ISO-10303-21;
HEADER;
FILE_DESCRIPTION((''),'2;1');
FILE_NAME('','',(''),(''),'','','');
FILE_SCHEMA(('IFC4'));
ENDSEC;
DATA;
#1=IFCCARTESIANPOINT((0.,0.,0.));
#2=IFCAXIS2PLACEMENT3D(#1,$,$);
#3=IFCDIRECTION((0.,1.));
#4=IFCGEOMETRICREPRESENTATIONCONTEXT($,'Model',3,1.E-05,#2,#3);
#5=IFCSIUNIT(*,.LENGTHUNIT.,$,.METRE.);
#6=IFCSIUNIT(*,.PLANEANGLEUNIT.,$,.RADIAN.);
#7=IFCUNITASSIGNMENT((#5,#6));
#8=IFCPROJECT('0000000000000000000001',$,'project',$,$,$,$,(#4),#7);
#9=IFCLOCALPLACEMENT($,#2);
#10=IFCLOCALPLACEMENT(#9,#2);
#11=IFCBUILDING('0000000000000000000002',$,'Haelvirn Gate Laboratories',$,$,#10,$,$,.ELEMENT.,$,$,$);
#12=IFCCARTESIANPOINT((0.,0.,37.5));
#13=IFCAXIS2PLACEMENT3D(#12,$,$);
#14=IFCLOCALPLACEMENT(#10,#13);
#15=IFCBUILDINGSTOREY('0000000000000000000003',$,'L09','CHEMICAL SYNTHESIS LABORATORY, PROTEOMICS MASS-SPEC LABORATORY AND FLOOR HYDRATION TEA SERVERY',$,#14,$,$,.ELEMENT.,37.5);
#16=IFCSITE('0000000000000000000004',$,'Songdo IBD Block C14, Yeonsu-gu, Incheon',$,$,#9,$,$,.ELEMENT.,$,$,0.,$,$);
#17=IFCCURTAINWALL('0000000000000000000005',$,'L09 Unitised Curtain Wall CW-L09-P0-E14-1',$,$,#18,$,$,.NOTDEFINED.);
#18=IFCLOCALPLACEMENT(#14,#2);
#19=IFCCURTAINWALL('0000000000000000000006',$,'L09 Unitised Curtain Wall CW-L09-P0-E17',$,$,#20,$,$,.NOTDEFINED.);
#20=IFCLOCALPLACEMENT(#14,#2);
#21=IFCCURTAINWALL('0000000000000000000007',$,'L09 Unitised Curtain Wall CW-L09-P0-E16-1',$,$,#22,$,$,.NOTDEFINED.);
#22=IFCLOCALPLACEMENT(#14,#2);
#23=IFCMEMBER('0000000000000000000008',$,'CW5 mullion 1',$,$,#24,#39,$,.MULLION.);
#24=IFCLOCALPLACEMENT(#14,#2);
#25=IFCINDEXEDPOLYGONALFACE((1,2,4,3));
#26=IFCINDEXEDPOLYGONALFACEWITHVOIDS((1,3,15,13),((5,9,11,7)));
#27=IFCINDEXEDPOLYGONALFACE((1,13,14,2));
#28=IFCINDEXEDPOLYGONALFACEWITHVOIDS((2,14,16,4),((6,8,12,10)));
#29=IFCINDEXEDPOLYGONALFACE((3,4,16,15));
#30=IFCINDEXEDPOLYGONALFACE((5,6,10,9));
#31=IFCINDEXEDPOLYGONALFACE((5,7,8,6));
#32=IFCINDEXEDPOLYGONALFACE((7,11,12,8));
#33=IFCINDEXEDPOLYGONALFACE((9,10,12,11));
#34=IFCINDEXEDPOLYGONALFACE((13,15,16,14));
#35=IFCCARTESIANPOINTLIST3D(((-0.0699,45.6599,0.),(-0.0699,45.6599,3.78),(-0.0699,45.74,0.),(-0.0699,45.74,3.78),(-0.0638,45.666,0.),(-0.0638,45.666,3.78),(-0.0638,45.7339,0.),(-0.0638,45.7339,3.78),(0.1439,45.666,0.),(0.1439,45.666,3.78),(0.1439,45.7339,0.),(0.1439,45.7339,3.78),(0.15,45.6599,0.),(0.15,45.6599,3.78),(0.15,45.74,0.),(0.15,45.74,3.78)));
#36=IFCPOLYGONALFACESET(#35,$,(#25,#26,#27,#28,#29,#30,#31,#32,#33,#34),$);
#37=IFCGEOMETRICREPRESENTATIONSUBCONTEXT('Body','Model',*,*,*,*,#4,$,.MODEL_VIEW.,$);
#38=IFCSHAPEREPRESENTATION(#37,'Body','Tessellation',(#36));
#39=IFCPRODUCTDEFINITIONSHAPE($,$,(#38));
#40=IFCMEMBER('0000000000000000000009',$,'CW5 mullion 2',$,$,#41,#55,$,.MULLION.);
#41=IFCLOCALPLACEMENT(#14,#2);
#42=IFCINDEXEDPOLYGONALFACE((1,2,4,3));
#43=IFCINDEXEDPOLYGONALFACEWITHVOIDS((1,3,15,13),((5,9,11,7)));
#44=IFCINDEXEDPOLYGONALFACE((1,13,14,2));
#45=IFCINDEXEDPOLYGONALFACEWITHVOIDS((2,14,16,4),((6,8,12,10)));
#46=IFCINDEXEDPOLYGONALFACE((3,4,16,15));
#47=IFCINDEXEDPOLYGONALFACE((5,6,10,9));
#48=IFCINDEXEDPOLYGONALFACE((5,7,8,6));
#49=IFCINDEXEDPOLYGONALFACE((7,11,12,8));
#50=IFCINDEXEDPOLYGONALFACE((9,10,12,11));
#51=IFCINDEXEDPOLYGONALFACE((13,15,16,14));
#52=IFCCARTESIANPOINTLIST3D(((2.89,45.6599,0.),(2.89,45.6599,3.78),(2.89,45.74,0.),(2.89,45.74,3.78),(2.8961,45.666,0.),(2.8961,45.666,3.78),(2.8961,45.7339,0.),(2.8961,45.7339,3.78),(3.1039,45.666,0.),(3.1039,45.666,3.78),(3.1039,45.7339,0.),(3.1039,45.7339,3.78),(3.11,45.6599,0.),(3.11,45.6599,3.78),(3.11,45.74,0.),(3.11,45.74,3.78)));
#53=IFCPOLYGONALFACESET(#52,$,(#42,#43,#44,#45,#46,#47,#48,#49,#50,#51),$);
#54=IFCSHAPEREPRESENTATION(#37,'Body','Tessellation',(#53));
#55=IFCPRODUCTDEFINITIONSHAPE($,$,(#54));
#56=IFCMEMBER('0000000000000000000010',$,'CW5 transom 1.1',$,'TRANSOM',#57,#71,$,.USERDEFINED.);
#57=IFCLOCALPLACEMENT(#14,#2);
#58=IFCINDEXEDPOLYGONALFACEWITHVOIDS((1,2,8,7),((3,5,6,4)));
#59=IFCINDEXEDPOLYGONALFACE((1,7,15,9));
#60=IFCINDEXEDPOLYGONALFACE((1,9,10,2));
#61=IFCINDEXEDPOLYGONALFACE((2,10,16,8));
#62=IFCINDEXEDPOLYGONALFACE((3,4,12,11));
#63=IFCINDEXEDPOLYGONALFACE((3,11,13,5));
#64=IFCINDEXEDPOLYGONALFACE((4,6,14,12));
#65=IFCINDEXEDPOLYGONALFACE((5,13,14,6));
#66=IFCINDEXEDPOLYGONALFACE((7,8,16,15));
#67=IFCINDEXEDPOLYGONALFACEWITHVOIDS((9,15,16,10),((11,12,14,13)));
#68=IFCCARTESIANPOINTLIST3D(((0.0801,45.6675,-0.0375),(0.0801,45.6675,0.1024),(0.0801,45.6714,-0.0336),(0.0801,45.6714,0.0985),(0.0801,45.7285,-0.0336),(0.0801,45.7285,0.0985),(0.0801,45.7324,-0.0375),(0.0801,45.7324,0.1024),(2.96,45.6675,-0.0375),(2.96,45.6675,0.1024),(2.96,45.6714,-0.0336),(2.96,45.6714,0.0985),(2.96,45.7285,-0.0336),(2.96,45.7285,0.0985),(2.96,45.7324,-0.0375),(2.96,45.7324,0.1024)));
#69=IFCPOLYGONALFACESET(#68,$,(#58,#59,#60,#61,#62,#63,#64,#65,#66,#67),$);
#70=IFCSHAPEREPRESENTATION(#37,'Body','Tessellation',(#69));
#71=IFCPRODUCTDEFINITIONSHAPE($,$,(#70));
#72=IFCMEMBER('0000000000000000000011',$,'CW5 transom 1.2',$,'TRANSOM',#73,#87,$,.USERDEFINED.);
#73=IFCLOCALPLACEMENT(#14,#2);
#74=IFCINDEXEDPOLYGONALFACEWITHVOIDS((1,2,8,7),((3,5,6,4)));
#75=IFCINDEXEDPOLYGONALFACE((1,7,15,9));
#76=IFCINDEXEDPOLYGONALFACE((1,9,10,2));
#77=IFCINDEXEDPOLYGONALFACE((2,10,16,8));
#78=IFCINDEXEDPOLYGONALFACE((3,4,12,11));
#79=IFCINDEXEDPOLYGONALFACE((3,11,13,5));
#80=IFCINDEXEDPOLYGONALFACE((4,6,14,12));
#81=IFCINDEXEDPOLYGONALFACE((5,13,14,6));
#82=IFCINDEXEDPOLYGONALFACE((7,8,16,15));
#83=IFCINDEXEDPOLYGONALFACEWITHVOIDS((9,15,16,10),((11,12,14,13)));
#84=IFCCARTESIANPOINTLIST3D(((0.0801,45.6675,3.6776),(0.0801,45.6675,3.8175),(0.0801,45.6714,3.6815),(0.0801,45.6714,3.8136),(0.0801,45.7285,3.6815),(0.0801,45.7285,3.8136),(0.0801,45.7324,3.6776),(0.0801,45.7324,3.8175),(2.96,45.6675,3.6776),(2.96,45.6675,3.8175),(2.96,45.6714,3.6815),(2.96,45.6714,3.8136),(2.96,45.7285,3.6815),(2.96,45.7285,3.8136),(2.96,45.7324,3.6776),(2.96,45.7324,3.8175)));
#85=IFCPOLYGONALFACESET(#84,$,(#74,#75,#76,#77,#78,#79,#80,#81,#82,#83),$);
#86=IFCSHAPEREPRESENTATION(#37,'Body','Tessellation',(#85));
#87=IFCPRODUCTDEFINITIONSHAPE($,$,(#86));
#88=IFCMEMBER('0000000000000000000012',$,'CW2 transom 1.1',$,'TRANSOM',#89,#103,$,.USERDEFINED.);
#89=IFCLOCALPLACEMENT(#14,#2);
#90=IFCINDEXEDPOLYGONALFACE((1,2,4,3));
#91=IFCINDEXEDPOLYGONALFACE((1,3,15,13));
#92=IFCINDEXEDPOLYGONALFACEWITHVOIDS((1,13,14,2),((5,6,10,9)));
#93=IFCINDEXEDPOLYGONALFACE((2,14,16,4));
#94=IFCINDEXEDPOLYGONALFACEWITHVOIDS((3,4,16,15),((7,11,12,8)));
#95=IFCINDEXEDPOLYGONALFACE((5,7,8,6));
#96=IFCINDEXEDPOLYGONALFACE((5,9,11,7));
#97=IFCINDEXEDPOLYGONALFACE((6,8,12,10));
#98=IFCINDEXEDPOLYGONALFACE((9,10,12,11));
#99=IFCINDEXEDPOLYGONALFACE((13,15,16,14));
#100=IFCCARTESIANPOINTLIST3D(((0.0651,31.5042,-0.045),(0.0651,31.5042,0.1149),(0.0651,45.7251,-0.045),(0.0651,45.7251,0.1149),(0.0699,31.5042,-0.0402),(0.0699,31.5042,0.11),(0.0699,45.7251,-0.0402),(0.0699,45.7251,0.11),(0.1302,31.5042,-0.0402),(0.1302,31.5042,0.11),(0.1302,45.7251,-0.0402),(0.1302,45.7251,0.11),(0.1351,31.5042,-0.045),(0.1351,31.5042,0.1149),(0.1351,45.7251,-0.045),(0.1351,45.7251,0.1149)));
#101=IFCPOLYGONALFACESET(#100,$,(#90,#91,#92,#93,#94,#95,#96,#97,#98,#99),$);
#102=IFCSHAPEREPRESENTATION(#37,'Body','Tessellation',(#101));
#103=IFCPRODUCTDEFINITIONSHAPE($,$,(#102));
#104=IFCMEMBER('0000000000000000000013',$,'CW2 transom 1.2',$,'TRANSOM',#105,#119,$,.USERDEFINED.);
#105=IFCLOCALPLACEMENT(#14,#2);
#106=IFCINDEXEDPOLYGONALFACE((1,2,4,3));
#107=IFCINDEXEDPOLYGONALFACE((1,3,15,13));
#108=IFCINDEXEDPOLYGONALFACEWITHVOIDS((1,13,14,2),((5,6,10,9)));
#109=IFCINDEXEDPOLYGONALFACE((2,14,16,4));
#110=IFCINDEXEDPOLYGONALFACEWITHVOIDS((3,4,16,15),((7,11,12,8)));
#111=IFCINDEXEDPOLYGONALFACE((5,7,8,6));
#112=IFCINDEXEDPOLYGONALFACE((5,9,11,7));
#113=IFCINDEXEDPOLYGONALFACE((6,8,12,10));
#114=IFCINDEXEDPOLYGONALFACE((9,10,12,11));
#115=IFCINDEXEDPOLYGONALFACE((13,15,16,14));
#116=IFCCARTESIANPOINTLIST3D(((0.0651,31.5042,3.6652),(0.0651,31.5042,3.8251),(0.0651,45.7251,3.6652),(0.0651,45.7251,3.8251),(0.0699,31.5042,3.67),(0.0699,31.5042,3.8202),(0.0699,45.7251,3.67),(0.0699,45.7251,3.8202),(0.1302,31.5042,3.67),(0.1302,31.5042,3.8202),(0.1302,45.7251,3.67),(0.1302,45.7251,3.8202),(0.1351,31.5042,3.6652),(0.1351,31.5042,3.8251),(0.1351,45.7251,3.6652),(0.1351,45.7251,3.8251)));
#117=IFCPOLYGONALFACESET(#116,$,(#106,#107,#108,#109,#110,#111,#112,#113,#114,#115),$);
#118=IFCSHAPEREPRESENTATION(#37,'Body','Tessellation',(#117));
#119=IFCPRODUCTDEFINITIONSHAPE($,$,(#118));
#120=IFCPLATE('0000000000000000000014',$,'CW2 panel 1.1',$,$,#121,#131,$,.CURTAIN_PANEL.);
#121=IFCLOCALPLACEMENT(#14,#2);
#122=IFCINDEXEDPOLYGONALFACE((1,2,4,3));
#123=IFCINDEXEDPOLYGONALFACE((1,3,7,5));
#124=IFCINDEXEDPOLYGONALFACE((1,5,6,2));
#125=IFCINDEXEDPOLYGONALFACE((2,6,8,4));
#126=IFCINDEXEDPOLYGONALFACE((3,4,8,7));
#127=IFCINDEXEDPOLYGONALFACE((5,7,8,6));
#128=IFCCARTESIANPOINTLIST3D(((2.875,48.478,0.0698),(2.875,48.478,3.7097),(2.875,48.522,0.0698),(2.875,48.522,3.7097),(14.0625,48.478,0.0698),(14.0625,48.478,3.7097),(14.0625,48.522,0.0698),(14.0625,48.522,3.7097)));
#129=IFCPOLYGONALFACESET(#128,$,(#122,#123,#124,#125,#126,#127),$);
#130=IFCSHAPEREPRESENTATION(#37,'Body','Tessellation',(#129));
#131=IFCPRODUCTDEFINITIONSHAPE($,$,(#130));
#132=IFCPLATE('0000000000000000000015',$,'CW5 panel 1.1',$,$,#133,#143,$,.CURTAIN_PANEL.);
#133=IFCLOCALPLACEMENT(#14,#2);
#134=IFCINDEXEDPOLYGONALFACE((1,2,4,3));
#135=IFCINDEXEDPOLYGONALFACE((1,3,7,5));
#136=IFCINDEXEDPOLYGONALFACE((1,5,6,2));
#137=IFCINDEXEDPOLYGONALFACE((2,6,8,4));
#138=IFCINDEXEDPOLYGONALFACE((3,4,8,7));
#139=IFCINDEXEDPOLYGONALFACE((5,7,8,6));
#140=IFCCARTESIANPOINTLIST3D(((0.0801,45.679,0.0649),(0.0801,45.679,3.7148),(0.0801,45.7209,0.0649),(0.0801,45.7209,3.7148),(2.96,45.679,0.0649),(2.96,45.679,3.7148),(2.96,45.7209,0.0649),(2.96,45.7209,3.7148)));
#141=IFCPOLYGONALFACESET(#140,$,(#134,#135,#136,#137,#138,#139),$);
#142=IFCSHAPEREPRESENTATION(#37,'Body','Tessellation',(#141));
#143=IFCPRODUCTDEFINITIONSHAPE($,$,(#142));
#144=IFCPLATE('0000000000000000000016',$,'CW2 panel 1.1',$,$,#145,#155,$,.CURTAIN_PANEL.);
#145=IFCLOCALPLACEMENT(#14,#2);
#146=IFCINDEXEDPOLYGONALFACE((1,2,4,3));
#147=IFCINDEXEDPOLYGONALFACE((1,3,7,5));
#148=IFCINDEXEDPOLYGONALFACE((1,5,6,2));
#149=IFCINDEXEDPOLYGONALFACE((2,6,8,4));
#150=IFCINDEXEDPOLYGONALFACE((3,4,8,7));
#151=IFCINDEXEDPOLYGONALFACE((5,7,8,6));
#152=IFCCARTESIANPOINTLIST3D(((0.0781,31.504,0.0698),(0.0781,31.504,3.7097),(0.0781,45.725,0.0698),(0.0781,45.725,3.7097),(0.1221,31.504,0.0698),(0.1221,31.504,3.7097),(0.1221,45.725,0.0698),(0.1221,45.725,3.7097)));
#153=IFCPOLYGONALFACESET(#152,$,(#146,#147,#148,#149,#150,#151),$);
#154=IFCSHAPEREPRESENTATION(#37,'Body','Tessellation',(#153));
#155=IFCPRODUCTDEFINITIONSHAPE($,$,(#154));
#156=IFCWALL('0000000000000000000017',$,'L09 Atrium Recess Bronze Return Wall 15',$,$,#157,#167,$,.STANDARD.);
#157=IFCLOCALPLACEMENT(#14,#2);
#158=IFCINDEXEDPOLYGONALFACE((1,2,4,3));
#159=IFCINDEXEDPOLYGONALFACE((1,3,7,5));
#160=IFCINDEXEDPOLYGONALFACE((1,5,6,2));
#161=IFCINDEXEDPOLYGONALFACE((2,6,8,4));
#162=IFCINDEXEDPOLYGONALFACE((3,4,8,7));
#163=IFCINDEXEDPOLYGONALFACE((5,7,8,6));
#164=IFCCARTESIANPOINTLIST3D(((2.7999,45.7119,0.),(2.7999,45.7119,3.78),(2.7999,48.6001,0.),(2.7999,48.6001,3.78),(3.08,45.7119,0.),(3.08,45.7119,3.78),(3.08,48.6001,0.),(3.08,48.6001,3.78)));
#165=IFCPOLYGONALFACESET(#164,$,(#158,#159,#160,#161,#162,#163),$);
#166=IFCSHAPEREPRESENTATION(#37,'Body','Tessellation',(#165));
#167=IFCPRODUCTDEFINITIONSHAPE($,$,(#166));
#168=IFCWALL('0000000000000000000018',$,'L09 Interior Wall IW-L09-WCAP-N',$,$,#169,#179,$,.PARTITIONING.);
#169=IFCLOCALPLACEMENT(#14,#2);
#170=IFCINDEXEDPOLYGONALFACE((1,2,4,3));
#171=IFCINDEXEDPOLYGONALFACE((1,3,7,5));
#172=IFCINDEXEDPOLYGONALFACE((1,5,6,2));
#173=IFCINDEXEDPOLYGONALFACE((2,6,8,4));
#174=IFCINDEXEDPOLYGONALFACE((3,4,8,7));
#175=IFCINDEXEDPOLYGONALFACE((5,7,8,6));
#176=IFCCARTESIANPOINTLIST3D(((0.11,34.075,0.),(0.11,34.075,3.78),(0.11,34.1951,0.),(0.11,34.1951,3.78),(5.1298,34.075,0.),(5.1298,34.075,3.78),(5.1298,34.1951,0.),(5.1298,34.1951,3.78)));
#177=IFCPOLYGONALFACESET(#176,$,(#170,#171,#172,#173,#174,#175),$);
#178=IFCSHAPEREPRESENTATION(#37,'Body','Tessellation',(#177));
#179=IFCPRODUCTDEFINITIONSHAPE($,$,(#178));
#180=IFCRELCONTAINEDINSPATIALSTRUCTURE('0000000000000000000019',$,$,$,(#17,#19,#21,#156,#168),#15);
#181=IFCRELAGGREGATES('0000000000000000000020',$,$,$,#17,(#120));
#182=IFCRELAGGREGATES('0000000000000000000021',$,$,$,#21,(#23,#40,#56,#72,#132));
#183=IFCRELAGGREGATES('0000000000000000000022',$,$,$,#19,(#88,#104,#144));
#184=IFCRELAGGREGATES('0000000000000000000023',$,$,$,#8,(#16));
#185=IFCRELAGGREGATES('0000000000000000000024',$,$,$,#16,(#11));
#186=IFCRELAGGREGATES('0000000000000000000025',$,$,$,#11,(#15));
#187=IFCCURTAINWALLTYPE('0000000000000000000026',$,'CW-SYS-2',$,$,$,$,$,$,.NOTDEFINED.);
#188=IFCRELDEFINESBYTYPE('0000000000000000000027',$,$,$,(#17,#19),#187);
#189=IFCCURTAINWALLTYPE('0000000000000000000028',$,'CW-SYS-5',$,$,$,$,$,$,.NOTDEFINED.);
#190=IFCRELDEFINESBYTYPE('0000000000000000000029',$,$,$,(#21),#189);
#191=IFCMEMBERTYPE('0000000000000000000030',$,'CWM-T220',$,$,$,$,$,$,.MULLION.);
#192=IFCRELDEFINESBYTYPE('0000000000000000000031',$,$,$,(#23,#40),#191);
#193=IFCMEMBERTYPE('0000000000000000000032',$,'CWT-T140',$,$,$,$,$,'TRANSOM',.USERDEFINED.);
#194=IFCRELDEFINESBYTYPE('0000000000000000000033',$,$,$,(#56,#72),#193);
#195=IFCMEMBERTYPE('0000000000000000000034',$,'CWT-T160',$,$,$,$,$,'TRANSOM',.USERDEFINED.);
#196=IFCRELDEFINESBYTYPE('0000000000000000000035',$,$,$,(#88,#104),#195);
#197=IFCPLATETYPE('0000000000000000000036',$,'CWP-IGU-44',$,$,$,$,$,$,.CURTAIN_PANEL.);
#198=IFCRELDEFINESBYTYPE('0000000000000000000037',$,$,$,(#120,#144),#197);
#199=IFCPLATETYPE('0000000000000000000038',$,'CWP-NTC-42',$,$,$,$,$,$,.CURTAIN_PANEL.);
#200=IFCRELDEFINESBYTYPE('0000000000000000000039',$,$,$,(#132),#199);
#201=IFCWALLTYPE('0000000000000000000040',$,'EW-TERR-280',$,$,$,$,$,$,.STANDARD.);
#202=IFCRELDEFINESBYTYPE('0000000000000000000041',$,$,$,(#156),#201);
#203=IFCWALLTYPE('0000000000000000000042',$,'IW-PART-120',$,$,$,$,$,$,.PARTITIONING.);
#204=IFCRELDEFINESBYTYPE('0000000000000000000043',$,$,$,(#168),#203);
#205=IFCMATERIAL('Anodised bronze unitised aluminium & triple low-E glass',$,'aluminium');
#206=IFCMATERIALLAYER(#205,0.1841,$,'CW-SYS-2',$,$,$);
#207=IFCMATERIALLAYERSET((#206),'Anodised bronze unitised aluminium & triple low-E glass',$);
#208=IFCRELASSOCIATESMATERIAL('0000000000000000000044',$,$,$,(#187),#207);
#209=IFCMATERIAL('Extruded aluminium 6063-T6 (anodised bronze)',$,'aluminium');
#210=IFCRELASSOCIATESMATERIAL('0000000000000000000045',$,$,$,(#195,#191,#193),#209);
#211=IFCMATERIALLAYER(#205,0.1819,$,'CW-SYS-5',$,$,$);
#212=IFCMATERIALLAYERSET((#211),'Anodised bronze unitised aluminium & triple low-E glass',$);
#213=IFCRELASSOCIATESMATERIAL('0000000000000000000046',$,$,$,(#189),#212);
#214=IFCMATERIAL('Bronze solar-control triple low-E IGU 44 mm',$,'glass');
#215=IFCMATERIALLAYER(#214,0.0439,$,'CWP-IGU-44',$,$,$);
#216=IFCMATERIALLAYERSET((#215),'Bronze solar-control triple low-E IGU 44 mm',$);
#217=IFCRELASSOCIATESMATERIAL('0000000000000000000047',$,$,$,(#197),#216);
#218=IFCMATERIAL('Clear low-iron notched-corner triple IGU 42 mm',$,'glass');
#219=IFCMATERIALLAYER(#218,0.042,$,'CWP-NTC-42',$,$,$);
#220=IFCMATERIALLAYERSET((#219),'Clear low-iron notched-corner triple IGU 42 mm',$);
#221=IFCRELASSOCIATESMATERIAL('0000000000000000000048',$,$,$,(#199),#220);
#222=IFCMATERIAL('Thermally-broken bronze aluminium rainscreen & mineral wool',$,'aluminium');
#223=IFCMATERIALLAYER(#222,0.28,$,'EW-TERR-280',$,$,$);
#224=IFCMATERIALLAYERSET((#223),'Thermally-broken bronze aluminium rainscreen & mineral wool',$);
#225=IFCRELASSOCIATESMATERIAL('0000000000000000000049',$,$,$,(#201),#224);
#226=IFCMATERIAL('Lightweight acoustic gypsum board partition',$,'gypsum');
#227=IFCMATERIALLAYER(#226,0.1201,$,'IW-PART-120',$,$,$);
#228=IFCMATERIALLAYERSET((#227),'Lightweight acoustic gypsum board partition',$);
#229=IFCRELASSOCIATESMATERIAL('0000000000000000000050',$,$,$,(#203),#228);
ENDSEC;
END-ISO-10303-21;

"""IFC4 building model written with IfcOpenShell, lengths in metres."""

from ifc_helpers import new_model, si_unit, direction, frame, frame_2d, origin, origin_2d, place, context, subcontext, project, spatial, rectangle, hollow_rectangle, extrude, source, transform, mapped, material, layer, layer_set, material_profile, profile_set, type_object, type_shapes, element, aggregate, save


model = new_model("IFC4")

# Units and contexts
model_context = context("Model", 3, precision=1e-05, world=origin(), true_north=direction((0.0, 1.0)))
body_context = subcontext(model_context, "Body", "Model", "MODEL_VIEW")
ifc_project = project(units=[si_unit("LENGTHUNIT", "METRE"), si_unit("PLANEANGLEUNIT", "RADIAN")], contexts=[model_context])

# Site, building, storey
site_placement = place(None, origin())
site = spatial("IfcSite", under=ifc_project, at=site_placement, Name="Songdo IBD Block C14, Yeonsu-gu, Incheon", CompositionType="ELEMENT", RefElevation=0.0)
building_placement = place(site_placement, origin())
building = spatial("IfcBuilding", under=site, at=building_placement, Name="Haelvirn Gate Laboratories", CompositionType="ELEMENT")
storey_placement = place(building_placement, frame((0.0, 0.0, 37.5)))
storey = spatial("IfcBuildingStorey", under=building, at=storey_placement, Name="L09", Description="CHEMICAL SYNTHESIS LABORATORY, PROTEOMICS MASS-SPEC LABORATORY AND FLOOR HYDRATION TEA SERVERY", CompositionType="ELEMENT", Elevation=37.5)

# Curtain walls
ifc_material_1 = material(Name="Anodised bronze unitised aluminium & triple low-E glass", Category="aluminium")
ifc_layer_1 = layer(ifc_material_1, 0.1841, Name="CW-SYS-2")
ifc_layer_set_1 = layer_set([ifc_layer_1], Name="Anodised bronze unitised aluminium & triple low-E glass")
curtain_wall_type_1 = type_object("IfcCurtainWallType", Name="CW-SYS-2", PredefinedType="NOTDEFINED", material=ifc_layer_set_1)
curtain_wall_1_placement = place(storey_placement, origin())
curtain_wall_1 = element("IfcCurtainWall", 1, at=curtain_wall_1_placement, inside=storey, type_object=curtain_wall_type_1, Name="L09 Unitised Curtain Wall CW-L09-P0-E14-1", PredefinedType="NOTDEFINED")
ifc_material_2 = material(Name="Extruded aluminium 6063-T6 (anodised bronze)", Category="aluminium")
curtain_wall_2_placement = place(storey_placement, origin())
curtain_wall_2 = element("IfcCurtainWall", 2, at=curtain_wall_2_placement, inside=storey, type_object=curtain_wall_type_1, Name="L09 Unitised Curtain Wall CW-L09-P0-E17", PredefinedType="NOTDEFINED")

# Shared definitions
ifc_material_profile_1 = material_profile(ifc_material_2, hollow_rectangle(XDim=0.0701, YDim=0.1599, WallThickness=0.0049, at=origin_2d()), Name="CWT-160x70x5")
ifc_profile_set_1 = profile_set([ifc_material_profile_1], Name="Extruded aluminium 6063-T6 (anodised bronze)")
member_type_1 = type_object("IfcMemberType", Name="CWT-T160", ElementType="TRANSOM", PredefinedType="USERDEFINED", material=ifc_profile_set_1)

# Curtain wall, members
ifc_layer_2 = layer(ifc_material_1, 0.1819, Name="CW-SYS-5")
ifc_layer_set_2 = layer_set([ifc_layer_2], Name="Anodised bronze unitised aluminium & triple low-E glass")
curtain_wall_type_2 = type_object("IfcCurtainWallType", Name="CW-SYS-5", PredefinedType="NOTDEFINED", material=ifc_layer_set_2)
curtain_wall_3_placement = place(storey_placement, origin())
curtain_wall_3 = element("IfcCurtainWall", 3, at=curtain_wall_3_placement, inside=storey, type_object=curtain_wall_type_2, Name="L09 Unitised Curtain Wall CW-L09-P0-E16-1", PredefinedType="NOTDEFINED")
ifc_material_profile_2 = material_profile(ifc_material_2, hollow_rectangle(XDim=0.0801, YDim=0.22, WallThickness=0.0061, at=origin_2d()), Name="CWM-220x80x6")
ifc_profile_set_2 = profile_set([ifc_material_profile_2], Name="Extruded aluminium 6063-T6 (anodised bronze)")
member_type_2 = type_object("IfcMemberType", Name="CWM-T220", PredefinedType="MULLION", material=ifc_profile_set_2)
shared_shape_1 = source(origin(), body_context, "Body", "SweptSolid", [
    extrude(hollow_rectangle(XDim=0.0801, YDim=0.22, WallThickness=0.0061, at=origin_2d()), origin(), (0.0, 0.0, 1.0), 3.78),
])
type_shapes(member_type_2, [shared_shape_1])
member_1_placement = place(storey_placement, frame((0.04, 45.7, 0.0), z_axis=(0.0, 0.0, 1.0), x_axis=(0.0, 1.0, 0.0)))
member_1 = element("IfcMember", 4, at=member_1_placement, type_object=member_type_2, Name="CW5 mullion 1", PredefinedType="MULLION", context=body_context, shape_type="MappedRepresentation", body=[
    mapped(shared_shape_1, transform((0.0, 0.0, 0.0), scale=1.0)),
])
member_2_placement = place(storey_placement, frame((3.0, 45.7, 0.0), z_axis=(0.0, 0.0, 1.0), x_axis=(0.0, 1.0, 0.0)))
member_2 = element("IfcMember", 5, at=member_2_placement, type_object=member_type_2, Name="CW5 mullion 2", PredefinedType="MULLION", context=body_context, shape_type="MappedRepresentation", body=[
    mapped(shared_shape_1, transform((0.0, 0.0, 0.0), scale=1.0)),
])
ifc_material_profile_3 = material_profile(ifc_material_2, hollow_rectangle(XDim=0.0649, YDim=0.1399, WallThickness=0.0039, at=origin_2d()), Name="CWT-140x65x4")
ifc_profile_set_3 = profile_set([ifc_material_profile_3], Name="Extruded aluminium 6063-T6 (anodised bronze)")
member_type_3 = type_object("IfcMemberType", Name="CWT-T140", ElementType="TRANSOM", PredefinedType="USERDEFINED", material=ifc_profile_set_3)
shared_shape_2 = source(origin(), body_context, "Body", "SweptSolid", [
    extrude(hollow_rectangle(XDim=0.0649, YDim=0.1399, WallThickness=0.0039, at=origin_2d()), origin(), (0.0, 0.0, 1.0), 2.8799),
])
type_shapes(member_type_3, [shared_shape_2])
member_3_placement = place(storey_placement, frame((0.0801, 45.7, 0.0325), z_axis=(1.0, 0.0, 0.0), x_axis=(0.0, 1.0, 0.0)))
member_3 = element("IfcMember", 6, at=member_3_placement, type_object=member_type_3, Name="CW5 transom 1.1", ObjectType="TRANSOM", PredefinedType="USERDEFINED", context=body_context, shape_type="MappedRepresentation", body=[
    mapped(shared_shape_2, transform((0.0, 0.0, 0.0), scale=1.0)),
])
member_4_placement = place(storey_placement, frame((0.0801, 45.7, 3.7476), z_axis=(1.0, 0.0, 0.0), x_axis=(0.0, 1.0, 0.0)))
member_4 = element("IfcMember", 7, at=member_4_placement, type_object=member_type_3, Name="CW5 transom 1.2", ObjectType="TRANSOM", PredefinedType="USERDEFINED", context=body_context, shape_type="MappedRepresentation", body=[
    mapped(shared_shape_2, transform((0.0, 0.0, 0.0), scale=1.0)),
])

# Members
shared_shape_3 = source(origin(), body_context, "Body", "SweptSolid", [
    extrude(hollow_rectangle(XDim=0.0701, YDim=0.1599, WallThickness=0.0049, at=origin_2d()), origin(), (0.0, 0.0, 1.0), 14.2209),
])
member_5_placement = place(storey_placement, frame((0.1001, 45.7251, 0.0349), z_axis=(0.0, -1.0, 0.0), x_axis=(1.0, 0.0, 0.0)))
member_5 = element("IfcMember", 8, at=member_5_placement, type_object=member_type_1, Name="CW2 transom 1.1", ObjectType="TRANSOM", PredefinedType="USERDEFINED", context=body_context, shape_type="MappedRepresentation", body=[
    mapped(shared_shape_3, transform((0.0, 0.0, 0.0), scale=1.0)),
])
member_6_placement = place(storey_placement, frame((0.1001, 45.7251, 3.7451), z_axis=(0.0, -1.0, 0.0), x_axis=(1.0, 0.0, 0.0)))
member_6 = element("IfcMember", 9, at=member_6_placement, type_object=member_type_1, Name="CW2 transom 1.2", ObjectType="TRANSOM", PredefinedType="USERDEFINED", context=body_context, shape_type="MappedRepresentation", body=[
    mapped(shared_shape_3, transform((0.0, 0.0, 0.0), scale=1.0)),
])

# Plates
ifc_material_3 = material(Name="Bronze solar-control triple low-E IGU 44 mm", Category="glass")
ifc_layer_3 = layer(ifc_material_3, 0.0439, Name="CWP-IGU-44")
ifc_layer_set_3 = layer_set([ifc_layer_3], Name="Bronze solar-control triple low-E IGU 44 mm")
plate_type_1 = type_object("IfcPlateType", Name="CWP-IGU-44", PredefinedType="CURTAIN_PANEL", material=ifc_layer_set_3)
shared_shape_4 = source(origin(), body_context, "Body", "SweptSolid", [
    extrude(rectangle(XDim=11.1875, YDim=0.0439, at=origin_2d()), origin(), (0.0, 0.0, 1.0), 3.6399),
])
plate_1_placement = place(storey_placement, frame((8.4688, 48.5, 0.0698), z_axis=(0.0, 0.0, 1.0), x_axis=(1.0, 0.0, 0.0)))
plate_1 = element("IfcPlate", 10, at=plate_1_placement, type_object=plate_type_1, Name="CW2 panel 1.1", PredefinedType="CURTAIN_PANEL", context=body_context, shape_type="MappedRepresentation", body=[
    mapped(shared_shape_4, transform((0.0, 0.0, 0.0), scale=1.0)),
])
aggregate(curtain_wall_1, [plate_1])
ifc_material_4 = material(Name="Clear low-iron notched-corner triple IGU 42 mm", Category="glass")
ifc_layer_4 = layer(ifc_material_4, 0.042, Name="CWP-NTC-42")
ifc_layer_set_4 = layer_set([ifc_layer_4], Name="Clear low-iron notched-corner triple IGU 42 mm")
plate_type_2 = type_object("IfcPlateType", Name="CWP-NTC-42", PredefinedType="CURTAIN_PANEL", material=ifc_layer_set_4)
shared_shape_5 = source(origin(), body_context, "Body", "SweptSolid", [
    extrude(rectangle(XDim=2.8799, YDim=0.042, at=origin_2d()), origin(), (0.0, 0.0, 1.0), 3.6499),
])
type_shapes(plate_type_2, [shared_shape_5])
plate_2_placement = place(storey_placement, frame((1.52, 45.7, 0.0649), z_axis=(0.0, 0.0, 1.0), x_axis=(1.0, 0.0, 0.0)))
plate_2 = element("IfcPlate", 11, at=plate_2_placement, type_object=plate_type_2, Name="CW5 panel 1.1", PredefinedType="CURTAIN_PANEL", context=body_context, shape_type="MappedRepresentation", body=[
    mapped(shared_shape_5, transform((0.0, 0.0, 0.0), scale=1.0)),
])
aggregate(curtain_wall_3, [member_1, member_2, member_3, member_4, plate_2])
shared_shape_6 = source(origin(), body_context, "Body", "SweptSolid", [
    extrude(rectangle(XDim=14.2209, YDim=0.0439, at=origin_2d()), origin(), (0.0, 0.0, 1.0), 3.6399),
])
type_shapes(plate_type_1, [shared_shape_4, shared_shape_6])
plate_3_placement = place(storey_placement, frame((0.1001, 38.6145, 0.0698), z_axis=(0.0, 0.0, 1.0), x_axis=(0.0, -1.0, 0.0)))
plate_3 = element("IfcPlate", 12, at=plate_3_placement, type_object=plate_type_1, Name="CW2 panel 1.1", PredefinedType="CURTAIN_PANEL", context=body_context, shape_type="MappedRepresentation", body=[
    mapped(shared_shape_6, transform((0.0, 0.0, 0.0), scale=1.0)),
])
aggregate(curtain_wall_2, [member_5, member_6, plate_3])

# Walls
ifc_material_5 = material(Name="Thermally-broken bronze aluminium rainscreen & mineral wool", Category="aluminium")
ifc_layer_5 = layer(ifc_material_5, 0.28, Name="EW-TERR-280")
ifc_layer_set_5 = layer_set([ifc_layer_5], Name="Thermally-broken bronze aluminium rainscreen & mineral wool")
wall_type_1 = type_object("IfcWallType", Name="EW-TERR-280", PredefinedType="STANDARD", material=ifc_layer_set_5)
wall_1_placement = place(storey_placement, frame((2.9399, 48.6001, 0.0), z_axis=(0.0, 0.0, 1.0), x_axis=(0.0, -1.0, 0.0)))
element("IfcWall", 13, at=wall_1_placement, inside=storey, type_object=wall_type_1, Name="L09 Atrium Recess Bronze Return Wall 15", PredefinedType="STANDARD", context=body_context, shape_type="SweptSolid", body=[
    extrude(rectangle(XDim=2.8882, YDim=0.28, at=frame_2d((1.4441, 0.0))), origin(), (0.0, 0.0, 1.0), 3.78),
])
ifc_material_6 = material(Name="Lightweight acoustic gypsum board partition", Category="gypsum")
ifc_layer_6 = layer(ifc_material_6, 0.1201, Name="IW-PART-120")
ifc_layer_set_6 = layer_set([ifc_layer_6], Name="Lightweight acoustic gypsum board partition")
wall_type_2 = type_object("IfcWallType", Name="IW-PART-120", PredefinedType="PARTITIONING", material=ifc_layer_set_6)
wall_2_placement = place(storey_placement, frame((0.1101, 34.135, 0.0), z_axis=(0.0, 0.0, 1.0), x_axis=(1.0, 0.0, 0.0)))
element("IfcWall", 14, at=wall_2_placement, inside=storey, type_object=wall_type_2, Name="L09 Interior Wall IW-L09-WCAP-N", PredefinedType="PARTITIONING", context=body_context, shape_type="SweptSolid", body=[
    extrude(rectangle(XDim=5.0198, YDim=0.1201, at=frame_2d((2.5098, 0.0))), origin(), (0.0, 0.0, 1.0), 3.78),
])

save(model, "model.ifc")
